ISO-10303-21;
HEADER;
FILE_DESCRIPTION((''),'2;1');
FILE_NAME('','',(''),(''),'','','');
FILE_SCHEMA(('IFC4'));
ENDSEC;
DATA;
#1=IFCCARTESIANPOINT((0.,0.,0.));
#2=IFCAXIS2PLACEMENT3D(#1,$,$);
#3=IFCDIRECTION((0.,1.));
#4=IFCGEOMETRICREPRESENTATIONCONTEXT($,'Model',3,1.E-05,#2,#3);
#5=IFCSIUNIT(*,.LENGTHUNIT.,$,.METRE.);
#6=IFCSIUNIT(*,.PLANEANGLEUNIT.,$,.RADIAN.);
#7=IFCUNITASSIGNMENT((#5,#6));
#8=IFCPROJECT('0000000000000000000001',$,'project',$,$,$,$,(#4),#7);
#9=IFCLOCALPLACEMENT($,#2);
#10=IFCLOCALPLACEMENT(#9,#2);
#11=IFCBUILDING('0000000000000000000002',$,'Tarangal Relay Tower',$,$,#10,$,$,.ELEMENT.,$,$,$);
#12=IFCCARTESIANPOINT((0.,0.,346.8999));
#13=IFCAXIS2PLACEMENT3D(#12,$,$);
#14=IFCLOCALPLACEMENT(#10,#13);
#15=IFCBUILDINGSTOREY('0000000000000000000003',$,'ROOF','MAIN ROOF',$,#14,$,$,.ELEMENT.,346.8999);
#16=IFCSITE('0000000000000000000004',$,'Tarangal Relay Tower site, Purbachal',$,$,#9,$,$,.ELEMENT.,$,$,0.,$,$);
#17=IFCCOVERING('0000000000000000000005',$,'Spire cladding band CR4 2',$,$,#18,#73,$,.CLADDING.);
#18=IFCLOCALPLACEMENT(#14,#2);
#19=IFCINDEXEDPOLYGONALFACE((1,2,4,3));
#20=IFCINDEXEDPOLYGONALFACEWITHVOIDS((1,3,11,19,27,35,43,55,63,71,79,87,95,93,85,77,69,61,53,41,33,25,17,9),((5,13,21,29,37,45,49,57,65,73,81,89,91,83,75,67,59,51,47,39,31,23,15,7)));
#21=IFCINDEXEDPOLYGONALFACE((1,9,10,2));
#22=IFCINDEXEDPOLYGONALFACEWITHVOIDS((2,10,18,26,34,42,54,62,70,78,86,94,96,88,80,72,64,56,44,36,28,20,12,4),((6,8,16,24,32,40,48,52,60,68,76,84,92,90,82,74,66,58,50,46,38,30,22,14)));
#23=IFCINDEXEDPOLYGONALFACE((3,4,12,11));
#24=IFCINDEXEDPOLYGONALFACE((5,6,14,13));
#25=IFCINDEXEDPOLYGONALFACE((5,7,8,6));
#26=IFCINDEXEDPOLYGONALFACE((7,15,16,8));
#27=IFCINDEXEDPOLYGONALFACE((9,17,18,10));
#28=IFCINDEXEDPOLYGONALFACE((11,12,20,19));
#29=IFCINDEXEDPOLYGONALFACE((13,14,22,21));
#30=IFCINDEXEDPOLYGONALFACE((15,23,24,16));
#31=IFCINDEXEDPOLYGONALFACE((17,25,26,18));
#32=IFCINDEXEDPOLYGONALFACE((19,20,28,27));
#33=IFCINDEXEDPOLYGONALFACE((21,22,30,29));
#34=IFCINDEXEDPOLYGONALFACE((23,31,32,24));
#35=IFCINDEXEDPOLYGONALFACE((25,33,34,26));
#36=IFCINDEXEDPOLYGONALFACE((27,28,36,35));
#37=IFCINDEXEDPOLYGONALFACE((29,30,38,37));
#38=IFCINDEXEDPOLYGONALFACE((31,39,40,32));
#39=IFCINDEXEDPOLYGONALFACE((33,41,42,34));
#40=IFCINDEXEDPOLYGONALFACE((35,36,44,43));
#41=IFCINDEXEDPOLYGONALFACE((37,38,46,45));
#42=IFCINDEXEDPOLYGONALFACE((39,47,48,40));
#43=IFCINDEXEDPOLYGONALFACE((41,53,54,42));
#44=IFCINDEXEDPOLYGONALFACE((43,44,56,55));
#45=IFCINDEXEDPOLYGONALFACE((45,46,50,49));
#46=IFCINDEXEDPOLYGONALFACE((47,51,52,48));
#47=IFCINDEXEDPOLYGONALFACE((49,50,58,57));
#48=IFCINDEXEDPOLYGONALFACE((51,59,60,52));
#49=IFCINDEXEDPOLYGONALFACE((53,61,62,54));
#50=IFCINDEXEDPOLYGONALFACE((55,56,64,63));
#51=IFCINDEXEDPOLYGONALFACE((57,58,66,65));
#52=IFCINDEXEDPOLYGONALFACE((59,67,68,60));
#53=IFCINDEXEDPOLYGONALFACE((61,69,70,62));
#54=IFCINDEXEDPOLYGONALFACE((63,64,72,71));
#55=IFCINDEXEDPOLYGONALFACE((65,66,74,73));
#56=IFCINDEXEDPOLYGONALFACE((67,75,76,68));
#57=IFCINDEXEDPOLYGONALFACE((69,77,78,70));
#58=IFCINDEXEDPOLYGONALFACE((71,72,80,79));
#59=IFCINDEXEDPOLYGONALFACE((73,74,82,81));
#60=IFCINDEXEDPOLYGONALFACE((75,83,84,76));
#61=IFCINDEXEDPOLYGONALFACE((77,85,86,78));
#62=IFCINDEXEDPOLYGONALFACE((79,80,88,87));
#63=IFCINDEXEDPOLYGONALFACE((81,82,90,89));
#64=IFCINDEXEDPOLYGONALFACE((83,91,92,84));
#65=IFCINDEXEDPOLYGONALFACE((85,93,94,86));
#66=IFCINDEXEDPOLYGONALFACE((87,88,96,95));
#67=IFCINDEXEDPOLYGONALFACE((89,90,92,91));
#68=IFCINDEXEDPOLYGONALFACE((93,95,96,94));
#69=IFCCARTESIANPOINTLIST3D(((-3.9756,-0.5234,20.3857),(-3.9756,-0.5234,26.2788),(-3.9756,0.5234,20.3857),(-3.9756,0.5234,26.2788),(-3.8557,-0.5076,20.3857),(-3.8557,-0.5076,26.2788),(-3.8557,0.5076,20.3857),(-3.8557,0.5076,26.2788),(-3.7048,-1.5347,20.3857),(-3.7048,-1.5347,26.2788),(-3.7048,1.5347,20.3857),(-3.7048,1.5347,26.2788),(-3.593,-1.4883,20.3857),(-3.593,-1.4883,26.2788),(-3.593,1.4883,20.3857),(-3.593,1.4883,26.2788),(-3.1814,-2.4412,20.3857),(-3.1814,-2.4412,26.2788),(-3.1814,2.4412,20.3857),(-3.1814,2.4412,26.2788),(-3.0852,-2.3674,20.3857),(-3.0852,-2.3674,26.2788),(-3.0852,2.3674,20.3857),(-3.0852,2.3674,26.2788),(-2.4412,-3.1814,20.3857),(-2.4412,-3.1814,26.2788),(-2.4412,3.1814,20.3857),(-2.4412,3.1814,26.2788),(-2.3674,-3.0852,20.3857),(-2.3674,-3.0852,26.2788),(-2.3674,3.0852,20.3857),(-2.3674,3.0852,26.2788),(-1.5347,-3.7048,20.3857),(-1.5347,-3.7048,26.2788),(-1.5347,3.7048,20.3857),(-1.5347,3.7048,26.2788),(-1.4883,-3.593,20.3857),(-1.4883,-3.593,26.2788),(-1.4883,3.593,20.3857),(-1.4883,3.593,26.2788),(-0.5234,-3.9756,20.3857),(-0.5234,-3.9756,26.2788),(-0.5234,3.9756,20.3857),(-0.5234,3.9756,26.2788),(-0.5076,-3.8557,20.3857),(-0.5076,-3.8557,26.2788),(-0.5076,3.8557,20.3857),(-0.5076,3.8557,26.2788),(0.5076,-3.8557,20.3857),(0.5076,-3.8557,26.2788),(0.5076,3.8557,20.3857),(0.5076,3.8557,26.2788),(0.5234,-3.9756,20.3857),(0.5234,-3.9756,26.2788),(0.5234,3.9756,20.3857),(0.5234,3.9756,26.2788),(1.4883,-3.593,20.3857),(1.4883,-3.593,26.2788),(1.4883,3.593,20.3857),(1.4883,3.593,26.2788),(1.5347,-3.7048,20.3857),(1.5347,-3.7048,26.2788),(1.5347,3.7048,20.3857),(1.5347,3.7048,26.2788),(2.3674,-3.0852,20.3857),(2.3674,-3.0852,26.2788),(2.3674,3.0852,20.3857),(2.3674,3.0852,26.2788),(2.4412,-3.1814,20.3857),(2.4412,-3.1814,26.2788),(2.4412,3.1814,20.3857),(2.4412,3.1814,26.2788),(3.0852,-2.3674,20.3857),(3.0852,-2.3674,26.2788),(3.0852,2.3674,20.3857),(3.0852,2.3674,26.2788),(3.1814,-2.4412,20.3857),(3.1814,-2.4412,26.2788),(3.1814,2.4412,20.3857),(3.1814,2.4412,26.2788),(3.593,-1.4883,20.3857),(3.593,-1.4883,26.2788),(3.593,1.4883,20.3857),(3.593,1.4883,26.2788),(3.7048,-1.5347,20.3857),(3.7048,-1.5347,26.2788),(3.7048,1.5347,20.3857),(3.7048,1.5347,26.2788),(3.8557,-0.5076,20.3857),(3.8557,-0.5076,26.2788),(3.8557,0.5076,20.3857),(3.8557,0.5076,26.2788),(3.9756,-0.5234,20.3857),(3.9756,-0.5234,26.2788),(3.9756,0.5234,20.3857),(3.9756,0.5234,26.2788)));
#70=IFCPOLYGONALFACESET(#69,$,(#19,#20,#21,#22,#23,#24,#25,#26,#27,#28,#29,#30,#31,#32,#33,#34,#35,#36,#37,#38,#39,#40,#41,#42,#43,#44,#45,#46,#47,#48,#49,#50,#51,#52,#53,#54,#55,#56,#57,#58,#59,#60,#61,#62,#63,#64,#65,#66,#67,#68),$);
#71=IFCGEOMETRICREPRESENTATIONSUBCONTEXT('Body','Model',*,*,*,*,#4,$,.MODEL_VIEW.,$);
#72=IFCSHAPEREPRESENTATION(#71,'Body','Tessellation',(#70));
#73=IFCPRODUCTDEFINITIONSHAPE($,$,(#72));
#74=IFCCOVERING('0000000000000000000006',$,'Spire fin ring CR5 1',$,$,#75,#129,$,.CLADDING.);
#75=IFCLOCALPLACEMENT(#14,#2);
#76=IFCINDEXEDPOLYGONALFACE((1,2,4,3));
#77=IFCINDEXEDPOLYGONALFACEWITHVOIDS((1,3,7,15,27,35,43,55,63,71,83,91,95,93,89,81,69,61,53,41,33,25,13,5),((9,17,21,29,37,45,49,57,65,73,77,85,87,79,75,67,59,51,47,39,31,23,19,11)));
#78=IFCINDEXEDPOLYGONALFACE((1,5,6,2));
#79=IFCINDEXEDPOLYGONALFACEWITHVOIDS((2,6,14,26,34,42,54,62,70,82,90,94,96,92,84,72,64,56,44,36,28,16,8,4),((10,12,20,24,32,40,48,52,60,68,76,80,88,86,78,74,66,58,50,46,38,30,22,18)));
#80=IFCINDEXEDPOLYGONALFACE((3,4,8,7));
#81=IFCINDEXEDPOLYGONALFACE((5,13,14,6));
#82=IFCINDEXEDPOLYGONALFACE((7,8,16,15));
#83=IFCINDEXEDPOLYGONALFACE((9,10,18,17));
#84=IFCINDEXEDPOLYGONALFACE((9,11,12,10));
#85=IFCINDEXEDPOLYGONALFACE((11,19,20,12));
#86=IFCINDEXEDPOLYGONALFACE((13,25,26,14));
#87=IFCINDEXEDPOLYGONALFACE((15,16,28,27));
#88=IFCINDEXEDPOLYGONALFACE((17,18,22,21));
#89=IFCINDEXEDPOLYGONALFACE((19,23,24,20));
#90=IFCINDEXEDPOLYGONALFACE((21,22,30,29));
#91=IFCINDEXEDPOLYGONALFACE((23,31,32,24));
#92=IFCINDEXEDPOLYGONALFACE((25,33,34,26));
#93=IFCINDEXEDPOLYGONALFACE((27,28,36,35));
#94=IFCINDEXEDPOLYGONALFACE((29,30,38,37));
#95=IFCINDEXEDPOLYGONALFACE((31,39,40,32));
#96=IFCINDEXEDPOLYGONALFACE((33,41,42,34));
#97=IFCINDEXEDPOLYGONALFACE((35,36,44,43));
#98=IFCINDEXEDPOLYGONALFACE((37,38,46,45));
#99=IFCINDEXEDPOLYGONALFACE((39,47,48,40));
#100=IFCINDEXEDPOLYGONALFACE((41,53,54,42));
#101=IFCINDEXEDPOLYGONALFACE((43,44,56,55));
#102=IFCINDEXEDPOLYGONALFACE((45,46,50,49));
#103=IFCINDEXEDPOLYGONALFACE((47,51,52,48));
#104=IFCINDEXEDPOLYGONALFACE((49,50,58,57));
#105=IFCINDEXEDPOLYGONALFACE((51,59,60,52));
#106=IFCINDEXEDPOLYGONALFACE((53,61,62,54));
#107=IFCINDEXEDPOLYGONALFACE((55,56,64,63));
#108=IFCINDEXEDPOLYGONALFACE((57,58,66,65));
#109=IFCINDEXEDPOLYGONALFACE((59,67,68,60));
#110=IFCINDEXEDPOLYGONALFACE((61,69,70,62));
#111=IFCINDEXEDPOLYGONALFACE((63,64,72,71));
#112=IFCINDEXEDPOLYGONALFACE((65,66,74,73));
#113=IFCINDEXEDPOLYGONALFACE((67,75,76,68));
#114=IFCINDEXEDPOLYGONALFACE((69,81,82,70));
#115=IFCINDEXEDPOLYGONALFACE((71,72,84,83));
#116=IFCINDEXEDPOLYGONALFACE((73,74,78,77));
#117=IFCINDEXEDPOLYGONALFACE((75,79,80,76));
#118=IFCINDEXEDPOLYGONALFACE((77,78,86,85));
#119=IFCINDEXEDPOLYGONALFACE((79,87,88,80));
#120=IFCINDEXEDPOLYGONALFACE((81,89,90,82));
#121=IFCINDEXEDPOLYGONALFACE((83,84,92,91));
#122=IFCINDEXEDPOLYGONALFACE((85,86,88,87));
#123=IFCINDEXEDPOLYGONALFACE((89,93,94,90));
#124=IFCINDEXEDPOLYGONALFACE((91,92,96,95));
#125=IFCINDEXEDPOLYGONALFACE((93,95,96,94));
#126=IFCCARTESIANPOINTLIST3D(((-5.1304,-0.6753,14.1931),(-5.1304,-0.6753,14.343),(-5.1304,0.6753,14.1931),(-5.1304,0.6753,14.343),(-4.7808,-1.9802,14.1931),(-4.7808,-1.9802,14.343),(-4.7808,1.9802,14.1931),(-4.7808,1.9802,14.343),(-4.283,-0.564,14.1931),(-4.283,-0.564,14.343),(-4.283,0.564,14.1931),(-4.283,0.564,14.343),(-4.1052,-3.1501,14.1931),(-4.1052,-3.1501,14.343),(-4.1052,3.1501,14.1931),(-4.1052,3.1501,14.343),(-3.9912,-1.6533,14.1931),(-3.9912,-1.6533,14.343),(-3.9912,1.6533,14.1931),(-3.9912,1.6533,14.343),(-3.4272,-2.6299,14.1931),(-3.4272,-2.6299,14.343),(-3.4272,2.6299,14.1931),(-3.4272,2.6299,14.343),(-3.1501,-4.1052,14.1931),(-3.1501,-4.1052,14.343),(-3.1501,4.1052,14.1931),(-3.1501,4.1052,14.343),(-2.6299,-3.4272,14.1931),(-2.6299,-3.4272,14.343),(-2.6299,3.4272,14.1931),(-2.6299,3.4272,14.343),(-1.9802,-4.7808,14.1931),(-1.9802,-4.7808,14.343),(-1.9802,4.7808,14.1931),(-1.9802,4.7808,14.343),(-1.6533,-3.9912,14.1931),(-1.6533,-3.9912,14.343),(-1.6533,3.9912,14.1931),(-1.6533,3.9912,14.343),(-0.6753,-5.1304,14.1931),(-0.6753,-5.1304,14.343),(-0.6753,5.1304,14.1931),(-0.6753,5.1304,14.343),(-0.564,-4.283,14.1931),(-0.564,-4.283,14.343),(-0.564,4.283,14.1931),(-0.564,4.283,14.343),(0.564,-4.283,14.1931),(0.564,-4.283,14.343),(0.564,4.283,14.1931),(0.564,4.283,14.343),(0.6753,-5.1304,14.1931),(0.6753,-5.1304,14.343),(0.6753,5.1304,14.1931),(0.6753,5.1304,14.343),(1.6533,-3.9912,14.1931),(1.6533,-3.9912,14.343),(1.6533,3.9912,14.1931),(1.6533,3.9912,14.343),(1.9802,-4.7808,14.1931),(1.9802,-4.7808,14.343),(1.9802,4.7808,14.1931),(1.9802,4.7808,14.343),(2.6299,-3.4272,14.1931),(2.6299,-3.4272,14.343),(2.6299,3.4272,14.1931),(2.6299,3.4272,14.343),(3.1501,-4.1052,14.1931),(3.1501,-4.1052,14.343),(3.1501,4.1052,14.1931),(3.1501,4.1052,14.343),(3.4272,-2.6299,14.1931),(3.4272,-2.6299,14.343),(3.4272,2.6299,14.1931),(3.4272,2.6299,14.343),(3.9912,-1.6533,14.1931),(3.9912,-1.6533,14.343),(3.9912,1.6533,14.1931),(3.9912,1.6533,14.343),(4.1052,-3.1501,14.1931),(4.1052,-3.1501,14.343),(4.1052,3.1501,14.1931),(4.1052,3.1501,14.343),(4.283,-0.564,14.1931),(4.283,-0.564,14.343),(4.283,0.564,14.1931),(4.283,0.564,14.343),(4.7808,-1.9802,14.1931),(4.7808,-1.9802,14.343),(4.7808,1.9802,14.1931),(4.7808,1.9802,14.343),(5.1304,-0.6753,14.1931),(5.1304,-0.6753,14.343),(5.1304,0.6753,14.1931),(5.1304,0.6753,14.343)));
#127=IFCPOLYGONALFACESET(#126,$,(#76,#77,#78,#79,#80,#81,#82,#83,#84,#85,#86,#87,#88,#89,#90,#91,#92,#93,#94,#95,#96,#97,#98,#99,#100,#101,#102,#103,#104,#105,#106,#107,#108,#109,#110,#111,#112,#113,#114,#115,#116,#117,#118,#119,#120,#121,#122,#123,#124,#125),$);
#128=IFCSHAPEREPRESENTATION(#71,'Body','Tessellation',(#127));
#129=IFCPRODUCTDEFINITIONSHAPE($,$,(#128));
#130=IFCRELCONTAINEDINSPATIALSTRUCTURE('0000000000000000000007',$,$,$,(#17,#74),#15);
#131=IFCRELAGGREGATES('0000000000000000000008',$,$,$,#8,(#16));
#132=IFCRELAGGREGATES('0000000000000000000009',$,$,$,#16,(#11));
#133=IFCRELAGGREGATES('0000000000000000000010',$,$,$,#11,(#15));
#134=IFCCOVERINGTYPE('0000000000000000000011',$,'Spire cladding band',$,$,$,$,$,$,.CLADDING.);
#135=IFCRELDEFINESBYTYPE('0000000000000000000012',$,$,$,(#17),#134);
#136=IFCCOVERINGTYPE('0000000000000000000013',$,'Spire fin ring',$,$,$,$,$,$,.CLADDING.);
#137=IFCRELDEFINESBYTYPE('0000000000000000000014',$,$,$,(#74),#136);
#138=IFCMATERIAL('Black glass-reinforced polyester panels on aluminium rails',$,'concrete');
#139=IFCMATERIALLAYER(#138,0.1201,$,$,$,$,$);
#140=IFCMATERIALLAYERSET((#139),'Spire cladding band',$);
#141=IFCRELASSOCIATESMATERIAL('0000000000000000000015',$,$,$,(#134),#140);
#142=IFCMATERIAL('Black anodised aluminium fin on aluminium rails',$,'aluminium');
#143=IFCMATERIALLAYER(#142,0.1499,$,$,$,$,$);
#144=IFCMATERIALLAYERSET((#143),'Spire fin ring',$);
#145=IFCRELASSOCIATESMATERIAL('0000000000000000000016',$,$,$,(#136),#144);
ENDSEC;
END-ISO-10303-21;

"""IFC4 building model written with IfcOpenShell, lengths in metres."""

from ifc_helpers import new_model, si_unit, direction, frame, origin, place, context, subcontext, project, spatial, polyline, outline, extrude, material, layer, layer_set, type_object, element, save


model = new_model("IFC4")

# Units and contexts
model_context = context("Model", 3, precision=1e-05, world=origin(), true_north=direction((0.0, 1.0)))
body_context = subcontext(model_context, "Body", "Model", "MODEL_VIEW")
ifc_project = project(units=[si_unit("LENGTHUNIT", "METRE"), si_unit("PLANEANGLEUNIT", "RADIAN")], contexts=[model_context])

# Site, building, storey
site_placement = place(None, origin())
site = spatial("IfcSite", under=ifc_project, at=site_placement, Name="Tarangal Relay Tower site, Purbachal", CompositionType="ELEMENT", RefElevation=0.0)
building_placement = place(site_placement, origin())
building = spatial("IfcBuilding", under=site, at=building_placement, Name="Tarangal Relay Tower", CompositionType="ELEMENT")
storey_placement = place(building_placement, frame((0.0, 0.0, 346.8999)))
storey = spatial("IfcBuildingStorey", under=building, at=storey_placement, Name="ROOF", Description="MAIN ROOF", CompositionType="ELEMENT", Elevation=346.8999)

# Coverings
ifc_material_1 = material(Name="Black glass-reinforced polyester panels on aluminium rails", Category="concrete")
ifc_layer_1 = layer(ifc_material_1, 0.1201)
ifc_layer_set_1 = layer_set([ifc_layer_1], Name="Spire cladding band")
covering_type_1 = type_object("IfcCoveringType", Name="Spire cladding band", PredefinedType="CLADDING", material=ifc_layer_set_1)
covering_1_placement = place(storey_placement, frame((0.0, 0.0, 20.3857)))
element("IfcCovering", 1, at=covering_1_placement, inside=storey, type_object=covering_type_1, Name="Spire cladding band CR4 2", PredefinedType="CLADDING", context=body_context, shape_type="SweptSolid", body=[
    extrude(outline(polyline([(3.9756, 0.5234), (3.7048, 1.5347), (3.1814, 2.4412), (2.4412, 3.1814), (1.5347, 3.7048), (0.5234, 3.9756), (-0.5234, 3.9756), (-1.5347, 3.7048), (-2.4412, 3.1814), (-3.1814, 2.4412), (-3.7048, 1.5347), (-3.9756, 0.5234), (-3.9756, -0.5234), (-3.7048, -1.5347), (-3.1814, -2.4412), (-2.4412, -3.1814), (-1.5347, -3.7048), (-0.5234, -3.9756), (0.5234, -3.9756), (1.5347, -3.7048), (2.4412, -3.1814), (3.1814, -2.4412), (3.7048, -1.5347), (3.9756, -0.5234), (3.9756, 0.5234)]), holes=[polyline([(3.8557, 0.5076), (3.593, 1.4883), (3.0852, 2.3674), (2.3674, 3.0852), (1.4883, 3.593), (0.5076, 3.8557), (-0.5076, 3.8557), (-1.4883, 3.593), (-2.3674, 3.0852), (-3.0852, 2.3674), (-3.593, 1.4883), (-3.8557, 0.5076), (-3.8557, -0.5076), (-3.593, -1.4883), (-3.0852, -2.3674), (-2.3674, -3.0852), (-1.4883, -3.593), (-0.5076, -3.8557), (0.5076, -3.8557), (1.4883, -3.593), (2.3674, -3.0852), (3.0852, -2.3674), (3.593, -1.4883), (3.8557, -0.5076), (3.8557, 0.5076)])]), origin(), (0.0, 0.0, 1.0), 5.8931),
])
ifc_material_2 = material(Name="Black anodised aluminium fin on aluminium rails", Category="aluminium")
ifc_layer_2 = layer(ifc_material_2, 0.1499)
ifc_layer_set_2 = layer_set([ifc_layer_2], Name="Spire fin ring")
covering_type_2 = type_object("IfcCoveringType", Name="Spire fin ring", PredefinedType="CLADDING", material=ifc_layer_set_2)
covering_2_placement = place(storey_placement, frame((0.0, 0.0, 14.1931)))
element("IfcCovering", 2, at=covering_2_placement, inside=storey, type_object=covering_type_2, Name="Spire fin ring CR5 1", PredefinedType="CLADDING", context=body_context, shape_type="SweptSolid", body=[
    extrude(outline(polyline([(5.1304, 0.6753), (4.7808, 1.9802), (4.1052, 3.1501), (3.1501, 4.1052), (1.9802, 4.7808), (0.6753, 5.1304), (-0.6753, 5.1304), (-1.9802, 4.7808), (-3.1501, 4.1052), (-4.1052, 3.1501), (-4.7808, 1.9802), (-5.1304, 0.6753), (-5.1304, -0.6753), (-4.7808, -1.9802), (-4.1052, -3.1501), (-3.1501, -4.1052), (-1.9802, -4.7808), (-0.6753, -5.1304), (0.6753, -5.1304), (1.9802, -4.7808), (3.1501, -4.1052), (4.1052, -3.1501), (4.7808, -1.9802), (5.1304, -0.6753), (5.1304, 0.6753)]), holes=[polyline([(4.283, 0.564), (3.9912, 1.6533), (3.4272, 2.6299), (2.6299, 3.4272), (1.6533, 3.9912), (0.564, 4.283), (-0.564, 4.283), (-1.6533, 3.9912), (-2.6299, 3.4272), (-3.4272, 2.6299), (-3.9912, 1.6533), (-4.283, 0.564), (-4.283, -0.564), (-3.9912, -1.6533), (-3.4272, -2.6299), (-2.6299, -3.4272), (-1.6533, -3.9912), (-0.564, -4.283), (0.564, -4.283), (1.6533, -3.9912), (2.6299, -3.4272), (3.4272, -2.6299), (3.9912, -1.6533), (4.283, -0.564), (4.283, 0.564)])]), origin(), (0.0, 0.0, 1.0), 0.1499),
])

save(model, "model.ifc")
